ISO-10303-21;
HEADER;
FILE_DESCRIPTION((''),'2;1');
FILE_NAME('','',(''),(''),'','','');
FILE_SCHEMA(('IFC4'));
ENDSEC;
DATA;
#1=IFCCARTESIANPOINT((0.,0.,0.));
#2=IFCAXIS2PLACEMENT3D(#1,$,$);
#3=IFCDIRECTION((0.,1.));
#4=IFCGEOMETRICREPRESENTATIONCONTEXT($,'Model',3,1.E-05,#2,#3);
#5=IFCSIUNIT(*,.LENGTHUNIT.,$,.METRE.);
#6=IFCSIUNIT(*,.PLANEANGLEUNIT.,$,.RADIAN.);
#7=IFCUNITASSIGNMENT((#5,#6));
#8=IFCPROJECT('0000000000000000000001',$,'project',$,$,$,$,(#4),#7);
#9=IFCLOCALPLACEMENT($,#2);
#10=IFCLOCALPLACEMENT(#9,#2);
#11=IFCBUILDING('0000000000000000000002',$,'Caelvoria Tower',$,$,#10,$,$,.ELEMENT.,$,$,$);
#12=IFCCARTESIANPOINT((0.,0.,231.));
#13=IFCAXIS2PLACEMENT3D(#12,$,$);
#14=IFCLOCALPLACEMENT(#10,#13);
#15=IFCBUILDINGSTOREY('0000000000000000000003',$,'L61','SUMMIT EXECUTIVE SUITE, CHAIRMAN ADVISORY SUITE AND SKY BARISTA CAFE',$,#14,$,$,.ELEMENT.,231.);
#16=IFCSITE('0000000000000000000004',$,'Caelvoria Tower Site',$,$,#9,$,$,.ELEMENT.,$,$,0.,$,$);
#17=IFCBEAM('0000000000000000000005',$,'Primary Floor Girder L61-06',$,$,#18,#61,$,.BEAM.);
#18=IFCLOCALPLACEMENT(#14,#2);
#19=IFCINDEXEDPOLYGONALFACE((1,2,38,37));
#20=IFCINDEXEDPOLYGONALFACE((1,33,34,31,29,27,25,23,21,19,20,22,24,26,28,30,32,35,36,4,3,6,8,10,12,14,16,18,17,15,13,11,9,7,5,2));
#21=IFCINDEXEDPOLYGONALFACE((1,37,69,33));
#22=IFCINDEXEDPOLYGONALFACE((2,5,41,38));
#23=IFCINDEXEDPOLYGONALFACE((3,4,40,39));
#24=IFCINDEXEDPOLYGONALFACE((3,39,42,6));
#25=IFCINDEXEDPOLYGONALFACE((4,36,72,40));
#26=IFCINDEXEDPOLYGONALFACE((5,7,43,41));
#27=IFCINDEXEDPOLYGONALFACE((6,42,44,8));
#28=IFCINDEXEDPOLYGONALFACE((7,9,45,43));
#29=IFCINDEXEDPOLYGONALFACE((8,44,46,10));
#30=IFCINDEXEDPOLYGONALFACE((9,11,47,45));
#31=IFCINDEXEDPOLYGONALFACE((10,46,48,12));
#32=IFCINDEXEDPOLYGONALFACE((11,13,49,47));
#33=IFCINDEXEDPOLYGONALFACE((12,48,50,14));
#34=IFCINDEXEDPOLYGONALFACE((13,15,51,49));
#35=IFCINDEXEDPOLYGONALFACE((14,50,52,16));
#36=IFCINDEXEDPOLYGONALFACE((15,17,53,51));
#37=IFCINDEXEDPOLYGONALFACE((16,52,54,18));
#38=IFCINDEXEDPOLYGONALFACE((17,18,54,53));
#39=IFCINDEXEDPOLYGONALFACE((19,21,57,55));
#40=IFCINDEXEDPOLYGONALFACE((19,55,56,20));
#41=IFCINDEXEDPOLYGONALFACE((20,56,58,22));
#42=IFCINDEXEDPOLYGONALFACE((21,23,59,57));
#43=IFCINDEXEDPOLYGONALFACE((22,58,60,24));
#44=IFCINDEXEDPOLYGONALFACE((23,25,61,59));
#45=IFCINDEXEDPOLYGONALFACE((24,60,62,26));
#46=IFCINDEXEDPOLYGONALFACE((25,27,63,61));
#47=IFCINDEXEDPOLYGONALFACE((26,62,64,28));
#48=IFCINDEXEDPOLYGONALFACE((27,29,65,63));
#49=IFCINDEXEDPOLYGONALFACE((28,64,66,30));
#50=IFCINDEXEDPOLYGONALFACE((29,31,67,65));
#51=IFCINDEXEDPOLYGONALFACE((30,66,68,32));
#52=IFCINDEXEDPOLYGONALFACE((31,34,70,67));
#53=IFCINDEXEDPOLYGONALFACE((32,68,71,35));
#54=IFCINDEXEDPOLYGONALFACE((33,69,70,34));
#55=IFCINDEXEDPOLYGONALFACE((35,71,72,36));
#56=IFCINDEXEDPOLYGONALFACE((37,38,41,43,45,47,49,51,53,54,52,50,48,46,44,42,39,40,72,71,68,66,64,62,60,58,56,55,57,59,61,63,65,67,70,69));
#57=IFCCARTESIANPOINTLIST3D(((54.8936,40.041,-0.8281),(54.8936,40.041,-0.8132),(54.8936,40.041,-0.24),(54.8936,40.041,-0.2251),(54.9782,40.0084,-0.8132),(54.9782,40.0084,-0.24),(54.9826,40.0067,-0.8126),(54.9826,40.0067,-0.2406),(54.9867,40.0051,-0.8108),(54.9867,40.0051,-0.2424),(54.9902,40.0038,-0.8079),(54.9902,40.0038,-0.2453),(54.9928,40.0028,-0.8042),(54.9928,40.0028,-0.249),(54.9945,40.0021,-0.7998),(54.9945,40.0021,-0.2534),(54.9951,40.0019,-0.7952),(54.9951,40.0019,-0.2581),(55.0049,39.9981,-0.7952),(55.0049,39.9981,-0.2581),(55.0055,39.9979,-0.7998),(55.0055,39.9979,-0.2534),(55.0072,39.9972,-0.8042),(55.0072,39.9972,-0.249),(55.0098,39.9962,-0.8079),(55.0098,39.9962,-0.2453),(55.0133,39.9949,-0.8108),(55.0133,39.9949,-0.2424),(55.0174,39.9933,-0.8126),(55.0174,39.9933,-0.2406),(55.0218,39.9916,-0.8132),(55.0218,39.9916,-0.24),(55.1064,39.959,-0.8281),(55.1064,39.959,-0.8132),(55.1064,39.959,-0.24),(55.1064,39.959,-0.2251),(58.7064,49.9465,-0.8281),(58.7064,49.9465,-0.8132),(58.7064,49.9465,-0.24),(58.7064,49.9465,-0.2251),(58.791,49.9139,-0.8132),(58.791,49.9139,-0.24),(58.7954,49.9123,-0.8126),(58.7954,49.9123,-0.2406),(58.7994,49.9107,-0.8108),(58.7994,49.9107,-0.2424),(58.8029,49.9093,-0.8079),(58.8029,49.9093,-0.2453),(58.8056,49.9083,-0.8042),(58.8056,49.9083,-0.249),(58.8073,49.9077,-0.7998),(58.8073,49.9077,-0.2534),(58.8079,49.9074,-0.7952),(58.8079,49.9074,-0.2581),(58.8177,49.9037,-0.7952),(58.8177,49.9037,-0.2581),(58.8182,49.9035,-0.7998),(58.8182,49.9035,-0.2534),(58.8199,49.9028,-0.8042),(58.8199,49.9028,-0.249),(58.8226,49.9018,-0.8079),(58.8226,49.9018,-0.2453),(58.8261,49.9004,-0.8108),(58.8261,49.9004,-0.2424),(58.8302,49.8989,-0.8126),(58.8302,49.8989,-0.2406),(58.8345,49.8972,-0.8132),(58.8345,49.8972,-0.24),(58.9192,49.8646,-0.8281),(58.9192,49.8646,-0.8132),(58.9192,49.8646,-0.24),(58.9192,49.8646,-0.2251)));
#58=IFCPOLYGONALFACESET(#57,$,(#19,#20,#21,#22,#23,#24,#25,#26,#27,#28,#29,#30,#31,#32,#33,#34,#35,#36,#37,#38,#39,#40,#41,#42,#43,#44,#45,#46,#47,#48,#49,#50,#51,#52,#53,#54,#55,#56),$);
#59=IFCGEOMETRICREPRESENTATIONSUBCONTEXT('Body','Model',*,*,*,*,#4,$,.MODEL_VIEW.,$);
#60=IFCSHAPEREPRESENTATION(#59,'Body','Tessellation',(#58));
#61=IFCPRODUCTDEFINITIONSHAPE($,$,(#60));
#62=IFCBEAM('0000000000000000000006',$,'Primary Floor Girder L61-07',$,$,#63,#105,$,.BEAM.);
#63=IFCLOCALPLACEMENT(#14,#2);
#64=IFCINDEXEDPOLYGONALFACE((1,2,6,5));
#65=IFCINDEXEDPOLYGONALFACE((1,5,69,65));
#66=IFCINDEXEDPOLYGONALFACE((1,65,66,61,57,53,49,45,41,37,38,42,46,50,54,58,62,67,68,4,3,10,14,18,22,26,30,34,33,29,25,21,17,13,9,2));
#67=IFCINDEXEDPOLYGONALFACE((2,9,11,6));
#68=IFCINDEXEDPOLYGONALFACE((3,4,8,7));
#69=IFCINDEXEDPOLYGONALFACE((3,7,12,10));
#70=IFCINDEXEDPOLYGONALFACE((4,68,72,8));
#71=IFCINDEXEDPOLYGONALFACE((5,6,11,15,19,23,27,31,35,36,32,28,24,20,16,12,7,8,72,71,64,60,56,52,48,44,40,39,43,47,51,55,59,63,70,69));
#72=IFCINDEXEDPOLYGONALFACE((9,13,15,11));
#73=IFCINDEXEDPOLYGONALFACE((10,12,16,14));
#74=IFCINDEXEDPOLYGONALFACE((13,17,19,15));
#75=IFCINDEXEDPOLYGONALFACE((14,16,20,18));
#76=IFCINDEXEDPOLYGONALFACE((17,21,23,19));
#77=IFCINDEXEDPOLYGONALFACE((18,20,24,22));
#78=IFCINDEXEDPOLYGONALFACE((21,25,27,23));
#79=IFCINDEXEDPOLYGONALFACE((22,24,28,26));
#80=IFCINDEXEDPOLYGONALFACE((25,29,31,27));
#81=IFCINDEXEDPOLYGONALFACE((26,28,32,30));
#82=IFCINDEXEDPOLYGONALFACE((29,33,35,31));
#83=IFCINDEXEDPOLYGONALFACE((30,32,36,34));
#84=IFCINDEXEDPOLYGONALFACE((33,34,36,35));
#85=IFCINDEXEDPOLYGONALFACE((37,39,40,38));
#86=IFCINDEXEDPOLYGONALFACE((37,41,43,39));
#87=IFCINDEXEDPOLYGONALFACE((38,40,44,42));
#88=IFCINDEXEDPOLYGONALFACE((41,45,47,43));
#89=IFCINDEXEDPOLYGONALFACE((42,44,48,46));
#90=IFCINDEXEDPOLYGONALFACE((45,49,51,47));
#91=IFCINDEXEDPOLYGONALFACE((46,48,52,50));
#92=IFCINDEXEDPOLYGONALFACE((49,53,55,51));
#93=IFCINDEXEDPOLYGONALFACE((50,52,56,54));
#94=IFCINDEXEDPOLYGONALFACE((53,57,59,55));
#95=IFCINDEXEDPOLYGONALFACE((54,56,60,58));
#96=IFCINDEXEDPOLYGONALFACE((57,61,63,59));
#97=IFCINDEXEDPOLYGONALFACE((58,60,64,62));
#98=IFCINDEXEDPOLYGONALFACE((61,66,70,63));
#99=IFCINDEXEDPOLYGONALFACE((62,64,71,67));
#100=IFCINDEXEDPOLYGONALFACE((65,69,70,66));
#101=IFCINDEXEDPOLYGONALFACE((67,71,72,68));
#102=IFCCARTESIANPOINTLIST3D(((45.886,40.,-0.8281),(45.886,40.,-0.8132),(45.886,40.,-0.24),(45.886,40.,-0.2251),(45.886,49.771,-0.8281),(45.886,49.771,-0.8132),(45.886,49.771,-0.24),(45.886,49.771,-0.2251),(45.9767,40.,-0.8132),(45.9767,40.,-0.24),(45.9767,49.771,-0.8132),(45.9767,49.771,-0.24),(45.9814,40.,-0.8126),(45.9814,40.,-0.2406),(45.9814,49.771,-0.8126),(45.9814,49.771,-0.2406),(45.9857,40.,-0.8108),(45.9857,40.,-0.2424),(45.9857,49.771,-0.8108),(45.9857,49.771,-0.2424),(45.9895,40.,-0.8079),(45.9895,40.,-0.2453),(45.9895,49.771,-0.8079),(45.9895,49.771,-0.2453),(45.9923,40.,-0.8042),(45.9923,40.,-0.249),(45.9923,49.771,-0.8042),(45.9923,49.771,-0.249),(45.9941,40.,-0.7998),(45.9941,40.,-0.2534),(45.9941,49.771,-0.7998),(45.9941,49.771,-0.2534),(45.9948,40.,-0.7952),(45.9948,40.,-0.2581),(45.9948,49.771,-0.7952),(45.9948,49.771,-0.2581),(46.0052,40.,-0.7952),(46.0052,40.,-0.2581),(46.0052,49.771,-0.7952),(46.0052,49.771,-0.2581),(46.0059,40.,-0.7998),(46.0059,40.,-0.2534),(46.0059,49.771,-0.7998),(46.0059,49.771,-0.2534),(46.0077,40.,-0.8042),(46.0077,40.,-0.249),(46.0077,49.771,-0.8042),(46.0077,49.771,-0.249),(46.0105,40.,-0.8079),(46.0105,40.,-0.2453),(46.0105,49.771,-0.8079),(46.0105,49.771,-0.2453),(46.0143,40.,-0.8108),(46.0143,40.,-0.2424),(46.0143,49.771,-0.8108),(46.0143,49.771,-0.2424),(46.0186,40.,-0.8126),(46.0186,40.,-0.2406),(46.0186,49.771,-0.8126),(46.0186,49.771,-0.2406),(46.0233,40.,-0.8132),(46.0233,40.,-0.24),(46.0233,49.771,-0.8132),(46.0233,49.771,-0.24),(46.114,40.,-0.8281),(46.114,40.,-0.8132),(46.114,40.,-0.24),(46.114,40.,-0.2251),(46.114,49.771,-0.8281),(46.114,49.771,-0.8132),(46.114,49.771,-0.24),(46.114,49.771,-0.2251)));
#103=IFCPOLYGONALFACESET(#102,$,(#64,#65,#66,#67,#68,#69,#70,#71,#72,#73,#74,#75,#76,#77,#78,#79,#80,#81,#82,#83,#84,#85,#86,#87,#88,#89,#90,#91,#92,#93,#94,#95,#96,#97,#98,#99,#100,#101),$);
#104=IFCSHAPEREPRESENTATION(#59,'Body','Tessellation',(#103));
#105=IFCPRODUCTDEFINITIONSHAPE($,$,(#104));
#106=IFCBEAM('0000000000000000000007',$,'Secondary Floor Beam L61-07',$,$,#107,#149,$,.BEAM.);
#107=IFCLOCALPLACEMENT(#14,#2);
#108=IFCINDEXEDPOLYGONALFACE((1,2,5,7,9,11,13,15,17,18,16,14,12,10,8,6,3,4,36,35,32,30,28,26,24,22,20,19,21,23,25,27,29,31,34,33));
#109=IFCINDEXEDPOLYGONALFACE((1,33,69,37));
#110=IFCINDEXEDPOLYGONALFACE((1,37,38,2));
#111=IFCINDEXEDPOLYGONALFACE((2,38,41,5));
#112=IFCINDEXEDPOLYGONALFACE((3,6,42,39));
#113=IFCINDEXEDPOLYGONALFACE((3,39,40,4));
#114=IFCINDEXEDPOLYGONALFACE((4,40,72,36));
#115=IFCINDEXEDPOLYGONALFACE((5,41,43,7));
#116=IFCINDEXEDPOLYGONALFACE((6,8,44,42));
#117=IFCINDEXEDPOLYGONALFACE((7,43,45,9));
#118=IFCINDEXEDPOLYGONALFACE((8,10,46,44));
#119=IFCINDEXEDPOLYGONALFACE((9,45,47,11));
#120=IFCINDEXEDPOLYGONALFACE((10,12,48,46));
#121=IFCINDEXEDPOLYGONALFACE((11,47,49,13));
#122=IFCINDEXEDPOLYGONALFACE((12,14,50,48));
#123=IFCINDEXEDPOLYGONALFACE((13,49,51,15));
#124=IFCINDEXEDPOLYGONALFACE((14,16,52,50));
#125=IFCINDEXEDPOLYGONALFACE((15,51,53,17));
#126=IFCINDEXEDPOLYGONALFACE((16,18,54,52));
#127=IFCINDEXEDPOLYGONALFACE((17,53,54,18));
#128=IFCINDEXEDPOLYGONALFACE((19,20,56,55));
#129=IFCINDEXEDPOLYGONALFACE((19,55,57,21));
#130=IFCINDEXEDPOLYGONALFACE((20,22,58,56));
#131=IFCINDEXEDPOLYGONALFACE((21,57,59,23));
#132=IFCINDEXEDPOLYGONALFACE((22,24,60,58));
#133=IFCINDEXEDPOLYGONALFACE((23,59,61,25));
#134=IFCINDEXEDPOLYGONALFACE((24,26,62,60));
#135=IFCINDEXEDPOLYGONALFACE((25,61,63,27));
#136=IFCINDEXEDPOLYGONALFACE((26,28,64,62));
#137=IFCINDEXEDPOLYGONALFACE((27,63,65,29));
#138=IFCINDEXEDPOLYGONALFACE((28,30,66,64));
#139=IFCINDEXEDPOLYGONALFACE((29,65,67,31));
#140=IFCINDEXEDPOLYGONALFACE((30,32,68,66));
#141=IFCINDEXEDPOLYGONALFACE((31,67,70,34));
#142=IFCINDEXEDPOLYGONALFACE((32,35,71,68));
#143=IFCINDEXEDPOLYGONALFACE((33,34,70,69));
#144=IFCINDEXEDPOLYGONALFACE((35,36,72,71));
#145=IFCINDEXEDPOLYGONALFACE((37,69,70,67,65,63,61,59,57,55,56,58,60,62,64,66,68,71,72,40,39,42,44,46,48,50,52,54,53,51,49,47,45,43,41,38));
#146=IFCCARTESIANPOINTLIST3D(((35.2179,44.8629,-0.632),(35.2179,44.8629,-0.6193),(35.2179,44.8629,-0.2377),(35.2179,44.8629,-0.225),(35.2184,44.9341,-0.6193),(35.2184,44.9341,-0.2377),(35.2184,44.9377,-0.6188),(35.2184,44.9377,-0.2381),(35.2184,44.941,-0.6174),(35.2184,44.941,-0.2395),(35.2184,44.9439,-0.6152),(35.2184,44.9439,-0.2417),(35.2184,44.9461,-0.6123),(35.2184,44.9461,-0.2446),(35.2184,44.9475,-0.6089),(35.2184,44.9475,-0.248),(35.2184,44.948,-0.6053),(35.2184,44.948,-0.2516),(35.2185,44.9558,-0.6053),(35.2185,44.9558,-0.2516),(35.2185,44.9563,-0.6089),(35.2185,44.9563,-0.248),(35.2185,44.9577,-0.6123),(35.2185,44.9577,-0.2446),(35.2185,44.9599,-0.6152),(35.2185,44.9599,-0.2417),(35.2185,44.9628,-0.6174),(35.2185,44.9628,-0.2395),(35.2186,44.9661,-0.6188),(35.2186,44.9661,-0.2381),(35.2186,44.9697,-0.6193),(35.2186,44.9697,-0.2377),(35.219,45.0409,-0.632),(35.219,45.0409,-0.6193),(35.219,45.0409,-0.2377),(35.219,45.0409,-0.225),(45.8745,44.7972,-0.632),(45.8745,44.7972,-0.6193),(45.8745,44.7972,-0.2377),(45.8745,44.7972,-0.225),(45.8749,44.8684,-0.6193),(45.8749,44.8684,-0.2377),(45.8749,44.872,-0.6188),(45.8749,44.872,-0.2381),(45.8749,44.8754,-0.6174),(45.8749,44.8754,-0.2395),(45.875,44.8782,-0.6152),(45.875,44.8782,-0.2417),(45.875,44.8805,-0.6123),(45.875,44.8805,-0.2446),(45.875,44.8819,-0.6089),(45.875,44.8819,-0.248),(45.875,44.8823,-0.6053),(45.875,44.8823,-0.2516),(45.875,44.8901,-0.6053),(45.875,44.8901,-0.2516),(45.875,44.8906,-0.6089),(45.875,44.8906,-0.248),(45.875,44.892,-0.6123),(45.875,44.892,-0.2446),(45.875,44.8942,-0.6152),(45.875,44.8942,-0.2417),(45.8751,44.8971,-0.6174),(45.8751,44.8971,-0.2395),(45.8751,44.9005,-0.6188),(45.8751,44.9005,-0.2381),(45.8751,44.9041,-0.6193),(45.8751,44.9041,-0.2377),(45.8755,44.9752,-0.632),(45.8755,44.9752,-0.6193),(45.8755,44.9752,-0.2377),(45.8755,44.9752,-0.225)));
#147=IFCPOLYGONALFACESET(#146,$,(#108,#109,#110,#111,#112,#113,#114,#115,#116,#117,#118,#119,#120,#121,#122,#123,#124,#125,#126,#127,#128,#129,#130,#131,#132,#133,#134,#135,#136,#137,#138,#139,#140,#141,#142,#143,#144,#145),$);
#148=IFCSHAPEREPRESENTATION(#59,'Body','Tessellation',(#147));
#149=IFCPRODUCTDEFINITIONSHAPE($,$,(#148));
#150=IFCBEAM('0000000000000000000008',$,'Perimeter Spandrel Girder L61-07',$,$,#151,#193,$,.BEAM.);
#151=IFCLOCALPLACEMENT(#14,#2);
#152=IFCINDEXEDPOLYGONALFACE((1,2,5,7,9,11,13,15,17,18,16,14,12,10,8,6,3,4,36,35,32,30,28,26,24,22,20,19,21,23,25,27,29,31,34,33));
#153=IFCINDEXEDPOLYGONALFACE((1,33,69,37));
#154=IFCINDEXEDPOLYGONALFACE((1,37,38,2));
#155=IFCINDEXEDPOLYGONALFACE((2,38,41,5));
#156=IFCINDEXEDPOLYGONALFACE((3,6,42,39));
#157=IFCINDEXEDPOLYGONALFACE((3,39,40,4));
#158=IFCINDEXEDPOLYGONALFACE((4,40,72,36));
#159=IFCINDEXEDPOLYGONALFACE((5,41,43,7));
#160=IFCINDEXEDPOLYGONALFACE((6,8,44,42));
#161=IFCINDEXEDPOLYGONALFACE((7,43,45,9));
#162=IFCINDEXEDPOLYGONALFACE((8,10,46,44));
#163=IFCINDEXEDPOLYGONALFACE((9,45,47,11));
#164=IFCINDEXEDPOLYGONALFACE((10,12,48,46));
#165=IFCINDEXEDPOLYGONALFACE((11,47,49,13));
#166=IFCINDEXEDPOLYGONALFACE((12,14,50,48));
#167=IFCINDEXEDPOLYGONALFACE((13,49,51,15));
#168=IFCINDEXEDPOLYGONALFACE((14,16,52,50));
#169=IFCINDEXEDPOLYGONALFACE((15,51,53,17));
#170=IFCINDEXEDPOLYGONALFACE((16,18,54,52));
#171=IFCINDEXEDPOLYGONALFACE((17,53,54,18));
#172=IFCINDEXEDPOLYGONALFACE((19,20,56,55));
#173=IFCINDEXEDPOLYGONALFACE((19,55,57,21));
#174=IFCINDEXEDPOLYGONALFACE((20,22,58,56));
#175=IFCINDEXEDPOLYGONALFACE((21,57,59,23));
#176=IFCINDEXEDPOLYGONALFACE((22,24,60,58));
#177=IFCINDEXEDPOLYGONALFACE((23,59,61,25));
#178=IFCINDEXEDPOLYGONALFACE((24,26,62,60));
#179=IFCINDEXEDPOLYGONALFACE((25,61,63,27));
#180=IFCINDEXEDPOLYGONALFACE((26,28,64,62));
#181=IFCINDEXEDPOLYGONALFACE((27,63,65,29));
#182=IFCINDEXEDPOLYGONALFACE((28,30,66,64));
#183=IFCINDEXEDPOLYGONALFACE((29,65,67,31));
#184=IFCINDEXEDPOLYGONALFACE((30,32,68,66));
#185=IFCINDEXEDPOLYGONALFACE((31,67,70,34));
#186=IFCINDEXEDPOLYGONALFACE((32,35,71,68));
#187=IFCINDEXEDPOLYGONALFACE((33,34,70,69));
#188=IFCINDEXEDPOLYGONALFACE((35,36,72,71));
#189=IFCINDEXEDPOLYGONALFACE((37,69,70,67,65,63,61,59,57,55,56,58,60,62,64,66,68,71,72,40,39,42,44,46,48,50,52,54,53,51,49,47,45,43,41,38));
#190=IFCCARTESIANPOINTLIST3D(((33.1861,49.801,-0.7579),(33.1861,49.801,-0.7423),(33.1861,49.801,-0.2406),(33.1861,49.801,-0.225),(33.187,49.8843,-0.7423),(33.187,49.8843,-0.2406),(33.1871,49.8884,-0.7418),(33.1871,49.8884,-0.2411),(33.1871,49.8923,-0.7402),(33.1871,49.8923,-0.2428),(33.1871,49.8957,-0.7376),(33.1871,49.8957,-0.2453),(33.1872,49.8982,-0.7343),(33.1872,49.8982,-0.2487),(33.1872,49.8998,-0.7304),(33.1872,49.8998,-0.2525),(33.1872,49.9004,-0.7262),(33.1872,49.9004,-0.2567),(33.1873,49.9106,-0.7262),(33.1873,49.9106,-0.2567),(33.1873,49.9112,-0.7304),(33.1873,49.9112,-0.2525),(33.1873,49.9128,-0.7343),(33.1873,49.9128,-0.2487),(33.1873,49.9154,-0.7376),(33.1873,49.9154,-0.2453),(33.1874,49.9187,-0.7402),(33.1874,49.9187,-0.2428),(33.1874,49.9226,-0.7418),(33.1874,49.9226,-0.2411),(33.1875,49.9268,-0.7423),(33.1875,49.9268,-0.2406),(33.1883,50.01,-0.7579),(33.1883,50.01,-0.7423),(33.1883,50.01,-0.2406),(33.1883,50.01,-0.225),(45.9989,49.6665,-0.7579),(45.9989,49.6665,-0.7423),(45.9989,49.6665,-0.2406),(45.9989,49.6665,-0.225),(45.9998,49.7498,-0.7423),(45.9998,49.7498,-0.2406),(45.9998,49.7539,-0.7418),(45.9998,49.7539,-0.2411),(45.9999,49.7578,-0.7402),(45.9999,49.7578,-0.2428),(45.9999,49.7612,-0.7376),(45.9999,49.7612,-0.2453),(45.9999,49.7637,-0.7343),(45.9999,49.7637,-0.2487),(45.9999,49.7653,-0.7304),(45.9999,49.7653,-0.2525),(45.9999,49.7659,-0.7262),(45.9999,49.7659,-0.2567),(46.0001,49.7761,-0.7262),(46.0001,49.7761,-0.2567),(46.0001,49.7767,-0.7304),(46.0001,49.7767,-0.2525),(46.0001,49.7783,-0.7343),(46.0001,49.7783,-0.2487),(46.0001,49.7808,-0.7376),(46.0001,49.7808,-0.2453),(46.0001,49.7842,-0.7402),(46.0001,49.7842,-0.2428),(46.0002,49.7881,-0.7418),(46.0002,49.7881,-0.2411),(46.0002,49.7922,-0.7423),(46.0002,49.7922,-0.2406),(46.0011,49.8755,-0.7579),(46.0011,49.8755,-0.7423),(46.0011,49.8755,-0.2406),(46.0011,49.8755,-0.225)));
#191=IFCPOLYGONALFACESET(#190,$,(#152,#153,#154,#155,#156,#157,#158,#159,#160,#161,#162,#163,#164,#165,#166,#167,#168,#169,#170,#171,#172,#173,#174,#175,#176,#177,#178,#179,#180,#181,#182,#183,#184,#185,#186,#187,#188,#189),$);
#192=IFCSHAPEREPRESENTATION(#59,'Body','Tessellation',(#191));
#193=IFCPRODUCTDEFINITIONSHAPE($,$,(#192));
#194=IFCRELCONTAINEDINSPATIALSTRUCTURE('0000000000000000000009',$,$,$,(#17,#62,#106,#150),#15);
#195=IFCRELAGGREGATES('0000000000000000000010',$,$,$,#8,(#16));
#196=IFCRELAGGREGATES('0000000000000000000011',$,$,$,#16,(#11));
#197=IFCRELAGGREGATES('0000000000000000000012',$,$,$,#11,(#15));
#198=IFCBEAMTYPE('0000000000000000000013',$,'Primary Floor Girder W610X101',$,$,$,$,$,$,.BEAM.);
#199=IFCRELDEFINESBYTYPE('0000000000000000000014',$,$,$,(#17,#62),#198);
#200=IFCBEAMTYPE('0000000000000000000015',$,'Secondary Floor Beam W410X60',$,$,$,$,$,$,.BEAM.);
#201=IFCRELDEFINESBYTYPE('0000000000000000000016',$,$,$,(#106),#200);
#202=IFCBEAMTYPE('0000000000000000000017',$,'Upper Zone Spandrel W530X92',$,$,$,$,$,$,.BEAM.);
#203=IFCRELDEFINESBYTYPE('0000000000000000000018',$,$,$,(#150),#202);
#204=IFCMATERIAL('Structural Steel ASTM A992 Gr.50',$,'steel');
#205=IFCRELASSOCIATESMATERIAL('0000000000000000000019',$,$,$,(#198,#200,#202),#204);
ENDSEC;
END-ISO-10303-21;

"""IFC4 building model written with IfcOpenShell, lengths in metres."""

from ifc_helpers import new_model, si_unit, direction, frame, origin, origin_2d, place, context, subcontext, project, spatial, i_section, extrude, material, material_profile, profile_set, type_object, element, save


model = new_model("IFC4")

# Units and contexts
model_context = context("Model", 3, precision=1e-05, world=origin(), true_north=direction((0.0, 1.0)))
body_context = subcontext(model_context, "Body", "Model", "MODEL_VIEW")
ifc_project = project(units=[si_unit("LENGTHUNIT", "METRE"), si_unit("PLANEANGLEUNIT", "RADIAN")], contexts=[model_context])

# Site, building, storey
site_placement = place(None, origin())
site = spatial("IfcSite", under=ifc_project, at=site_placement, Name="Caelvoria Tower Site", CompositionType="ELEMENT", RefElevation=0.0)
building_placement = place(site_placement, origin())
building = spatial("IfcBuilding", under=site, at=building_placement, Name="Caelvoria Tower", CompositionType="ELEMENT")
storey_placement = place(building_placement, frame((0.0, 0.0, 231.0)))
storey = spatial("IfcBuildingStorey", under=building, at=storey_placement, Name="L61", Description="SUMMIT EXECUTIVE SUITE, CHAIRMAN ADVISORY SUITE AND SKY BARISTA CAFE", CompositionType="ELEMENT", Elevation=231.0)

# Shared definitions
ifc_material_1 = material(Name="Structural Steel ASTM A992 Gr.50", Category="steel")

# Beams
ifc_material_profile_1 = material_profile(ifc_material_1, i_section(OverallWidth=0.228, OverallDepth=0.603, WebThickness=0.0105, FlangeThickness=0.0149, FilletRadius=0.0181, at=origin_2d()), Name="Structural Steel ASTM A992 Gr.50")
ifc_profile_set_1 = profile_set([ifc_material_profile_1], Name="W610X101 - Structural Steel ASTM A992 Gr.50")
beam_type_1 = type_object("IfcBeamType", Name="Primary Floor Girder W610X101", PredefinedType="BEAM", material=ifc_profile_set_1)
beam_1_placement = place(storey_placement, frame((55.0, 40.0, -0.5266), z_axis=(0.35922, 0.933253, 0.0), x_axis=(-0.933253, 0.35922, 0.0)))
element("IfcBeam", 1, at=beam_1_placement, inside=storey, type_object=beam_type_1, Name="Primary Floor Girder L61-06", PredefinedType="BEAM", context=body_context, shape_type="SweptSolid", body=[
    extrude(i_section(OverallWidth=0.228, OverallDepth=0.603, WebThickness=0.0105, FlangeThickness=0.0149, FilletRadius=0.0181, at=origin_2d()), origin(), (0.0, 0.0, 1.0), 10.614),
])
beam_2_placement = place(storey_placement, frame((46.0, 40.0, -0.5266), z_axis=(0.0, 1.0, 0.0), x_axis=(-1.0, 0.0, 0.0)))
element("IfcBeam", 2, at=beam_2_placement, inside=storey, type_object=beam_type_1, Name="Primary Floor Girder L61-07", PredefinedType="BEAM", context=body_context, shape_type="SweptSolid", body=[
    extrude(i_section(OverallWidth=0.228, OverallDepth=0.603, WebThickness=0.0105, FlangeThickness=0.0149, FilletRadius=0.0181, at=origin_2d()), origin(), (0.0, 0.0, 1.0), 9.771),
])
ifc_material_profile_2 = material_profile(ifc_material_1, i_section(OverallWidth=0.178, OverallDepth=0.407, WebThickness=0.0078, FlangeThickness=0.0127, FilletRadius=0.0139, at=origin_2d()), Name="Structural Steel ASTM A992 Gr.50")
ifc_profile_set_2 = profile_set([ifc_material_profile_2], Name="W410X60 - Structural Steel ASTM A992 Gr.50")
beam_type_2 = type_object("IfcBeamType", Name="Secondary Floor Beam W410X60", PredefinedType="BEAM", material=ifc_profile_set_2)
beam_3_placement = place(storey_placement, frame((45.875, 44.8862, -0.4285), z_axis=(-0.999981, 0.006163, 0.0), x_axis=(-0.006163, -0.999981, 0.0)))
element("IfcBeam", 3, at=beam_3_placement, inside=storey, type_object=beam_type_2, Name="Secondary Floor Beam L61-07", PredefinedType="BEAM", context=body_context, shape_type="SweptSolid", body=[
    extrude(i_section(OverallWidth=0.178, OverallDepth=0.407, WebThickness=0.0078, FlangeThickness=0.0127, FilletRadius=0.0139, at=origin_2d()), origin(), (0.0, 0.0, 1.0), 10.6567),
])
ifc_material_profile_3 = material_profile(ifc_material_1, i_section(OverallWidth=0.209, OverallDepth=0.533, WebThickness=0.0103, FlangeThickness=0.0156, FilletRadius=0.0161, at=origin_2d()), Name="Structural Steel ASTM A992 Gr.50")
ifc_profile_set_3 = profile_set([ifc_material_profile_3], Name="W530X92 - Structural Steel ASTM A992 Gr.50")
beam_type_3 = type_object("IfcBeamType", Name="Upper Zone Spandrel W530X92", PredefinedType="BEAM", material=ifc_profile_set_3)
beam_4_placement = place(storey_placement, frame((46.0, 49.771, -0.4915), z_axis=(-0.999945, 0.010498, 0.0), x_axis=(-0.010498, -0.999945, 0.0)))
element("IfcBeam", 4, at=beam_4_placement, inside=storey, type_object=beam_type_3, Name="Perimeter Spandrel Girder L61-07", PredefinedType="BEAM", context=body_context, shape_type="SweptSolid", body=[
    extrude(i_section(OverallWidth=0.209, OverallDepth=0.533, WebThickness=0.0103, FlangeThickness=0.0156, FilletRadius=0.0161, at=origin_2d()), origin(), (0.0, 0.0, 1.0), 12.8135),
])

save(model, "model.ifc")
